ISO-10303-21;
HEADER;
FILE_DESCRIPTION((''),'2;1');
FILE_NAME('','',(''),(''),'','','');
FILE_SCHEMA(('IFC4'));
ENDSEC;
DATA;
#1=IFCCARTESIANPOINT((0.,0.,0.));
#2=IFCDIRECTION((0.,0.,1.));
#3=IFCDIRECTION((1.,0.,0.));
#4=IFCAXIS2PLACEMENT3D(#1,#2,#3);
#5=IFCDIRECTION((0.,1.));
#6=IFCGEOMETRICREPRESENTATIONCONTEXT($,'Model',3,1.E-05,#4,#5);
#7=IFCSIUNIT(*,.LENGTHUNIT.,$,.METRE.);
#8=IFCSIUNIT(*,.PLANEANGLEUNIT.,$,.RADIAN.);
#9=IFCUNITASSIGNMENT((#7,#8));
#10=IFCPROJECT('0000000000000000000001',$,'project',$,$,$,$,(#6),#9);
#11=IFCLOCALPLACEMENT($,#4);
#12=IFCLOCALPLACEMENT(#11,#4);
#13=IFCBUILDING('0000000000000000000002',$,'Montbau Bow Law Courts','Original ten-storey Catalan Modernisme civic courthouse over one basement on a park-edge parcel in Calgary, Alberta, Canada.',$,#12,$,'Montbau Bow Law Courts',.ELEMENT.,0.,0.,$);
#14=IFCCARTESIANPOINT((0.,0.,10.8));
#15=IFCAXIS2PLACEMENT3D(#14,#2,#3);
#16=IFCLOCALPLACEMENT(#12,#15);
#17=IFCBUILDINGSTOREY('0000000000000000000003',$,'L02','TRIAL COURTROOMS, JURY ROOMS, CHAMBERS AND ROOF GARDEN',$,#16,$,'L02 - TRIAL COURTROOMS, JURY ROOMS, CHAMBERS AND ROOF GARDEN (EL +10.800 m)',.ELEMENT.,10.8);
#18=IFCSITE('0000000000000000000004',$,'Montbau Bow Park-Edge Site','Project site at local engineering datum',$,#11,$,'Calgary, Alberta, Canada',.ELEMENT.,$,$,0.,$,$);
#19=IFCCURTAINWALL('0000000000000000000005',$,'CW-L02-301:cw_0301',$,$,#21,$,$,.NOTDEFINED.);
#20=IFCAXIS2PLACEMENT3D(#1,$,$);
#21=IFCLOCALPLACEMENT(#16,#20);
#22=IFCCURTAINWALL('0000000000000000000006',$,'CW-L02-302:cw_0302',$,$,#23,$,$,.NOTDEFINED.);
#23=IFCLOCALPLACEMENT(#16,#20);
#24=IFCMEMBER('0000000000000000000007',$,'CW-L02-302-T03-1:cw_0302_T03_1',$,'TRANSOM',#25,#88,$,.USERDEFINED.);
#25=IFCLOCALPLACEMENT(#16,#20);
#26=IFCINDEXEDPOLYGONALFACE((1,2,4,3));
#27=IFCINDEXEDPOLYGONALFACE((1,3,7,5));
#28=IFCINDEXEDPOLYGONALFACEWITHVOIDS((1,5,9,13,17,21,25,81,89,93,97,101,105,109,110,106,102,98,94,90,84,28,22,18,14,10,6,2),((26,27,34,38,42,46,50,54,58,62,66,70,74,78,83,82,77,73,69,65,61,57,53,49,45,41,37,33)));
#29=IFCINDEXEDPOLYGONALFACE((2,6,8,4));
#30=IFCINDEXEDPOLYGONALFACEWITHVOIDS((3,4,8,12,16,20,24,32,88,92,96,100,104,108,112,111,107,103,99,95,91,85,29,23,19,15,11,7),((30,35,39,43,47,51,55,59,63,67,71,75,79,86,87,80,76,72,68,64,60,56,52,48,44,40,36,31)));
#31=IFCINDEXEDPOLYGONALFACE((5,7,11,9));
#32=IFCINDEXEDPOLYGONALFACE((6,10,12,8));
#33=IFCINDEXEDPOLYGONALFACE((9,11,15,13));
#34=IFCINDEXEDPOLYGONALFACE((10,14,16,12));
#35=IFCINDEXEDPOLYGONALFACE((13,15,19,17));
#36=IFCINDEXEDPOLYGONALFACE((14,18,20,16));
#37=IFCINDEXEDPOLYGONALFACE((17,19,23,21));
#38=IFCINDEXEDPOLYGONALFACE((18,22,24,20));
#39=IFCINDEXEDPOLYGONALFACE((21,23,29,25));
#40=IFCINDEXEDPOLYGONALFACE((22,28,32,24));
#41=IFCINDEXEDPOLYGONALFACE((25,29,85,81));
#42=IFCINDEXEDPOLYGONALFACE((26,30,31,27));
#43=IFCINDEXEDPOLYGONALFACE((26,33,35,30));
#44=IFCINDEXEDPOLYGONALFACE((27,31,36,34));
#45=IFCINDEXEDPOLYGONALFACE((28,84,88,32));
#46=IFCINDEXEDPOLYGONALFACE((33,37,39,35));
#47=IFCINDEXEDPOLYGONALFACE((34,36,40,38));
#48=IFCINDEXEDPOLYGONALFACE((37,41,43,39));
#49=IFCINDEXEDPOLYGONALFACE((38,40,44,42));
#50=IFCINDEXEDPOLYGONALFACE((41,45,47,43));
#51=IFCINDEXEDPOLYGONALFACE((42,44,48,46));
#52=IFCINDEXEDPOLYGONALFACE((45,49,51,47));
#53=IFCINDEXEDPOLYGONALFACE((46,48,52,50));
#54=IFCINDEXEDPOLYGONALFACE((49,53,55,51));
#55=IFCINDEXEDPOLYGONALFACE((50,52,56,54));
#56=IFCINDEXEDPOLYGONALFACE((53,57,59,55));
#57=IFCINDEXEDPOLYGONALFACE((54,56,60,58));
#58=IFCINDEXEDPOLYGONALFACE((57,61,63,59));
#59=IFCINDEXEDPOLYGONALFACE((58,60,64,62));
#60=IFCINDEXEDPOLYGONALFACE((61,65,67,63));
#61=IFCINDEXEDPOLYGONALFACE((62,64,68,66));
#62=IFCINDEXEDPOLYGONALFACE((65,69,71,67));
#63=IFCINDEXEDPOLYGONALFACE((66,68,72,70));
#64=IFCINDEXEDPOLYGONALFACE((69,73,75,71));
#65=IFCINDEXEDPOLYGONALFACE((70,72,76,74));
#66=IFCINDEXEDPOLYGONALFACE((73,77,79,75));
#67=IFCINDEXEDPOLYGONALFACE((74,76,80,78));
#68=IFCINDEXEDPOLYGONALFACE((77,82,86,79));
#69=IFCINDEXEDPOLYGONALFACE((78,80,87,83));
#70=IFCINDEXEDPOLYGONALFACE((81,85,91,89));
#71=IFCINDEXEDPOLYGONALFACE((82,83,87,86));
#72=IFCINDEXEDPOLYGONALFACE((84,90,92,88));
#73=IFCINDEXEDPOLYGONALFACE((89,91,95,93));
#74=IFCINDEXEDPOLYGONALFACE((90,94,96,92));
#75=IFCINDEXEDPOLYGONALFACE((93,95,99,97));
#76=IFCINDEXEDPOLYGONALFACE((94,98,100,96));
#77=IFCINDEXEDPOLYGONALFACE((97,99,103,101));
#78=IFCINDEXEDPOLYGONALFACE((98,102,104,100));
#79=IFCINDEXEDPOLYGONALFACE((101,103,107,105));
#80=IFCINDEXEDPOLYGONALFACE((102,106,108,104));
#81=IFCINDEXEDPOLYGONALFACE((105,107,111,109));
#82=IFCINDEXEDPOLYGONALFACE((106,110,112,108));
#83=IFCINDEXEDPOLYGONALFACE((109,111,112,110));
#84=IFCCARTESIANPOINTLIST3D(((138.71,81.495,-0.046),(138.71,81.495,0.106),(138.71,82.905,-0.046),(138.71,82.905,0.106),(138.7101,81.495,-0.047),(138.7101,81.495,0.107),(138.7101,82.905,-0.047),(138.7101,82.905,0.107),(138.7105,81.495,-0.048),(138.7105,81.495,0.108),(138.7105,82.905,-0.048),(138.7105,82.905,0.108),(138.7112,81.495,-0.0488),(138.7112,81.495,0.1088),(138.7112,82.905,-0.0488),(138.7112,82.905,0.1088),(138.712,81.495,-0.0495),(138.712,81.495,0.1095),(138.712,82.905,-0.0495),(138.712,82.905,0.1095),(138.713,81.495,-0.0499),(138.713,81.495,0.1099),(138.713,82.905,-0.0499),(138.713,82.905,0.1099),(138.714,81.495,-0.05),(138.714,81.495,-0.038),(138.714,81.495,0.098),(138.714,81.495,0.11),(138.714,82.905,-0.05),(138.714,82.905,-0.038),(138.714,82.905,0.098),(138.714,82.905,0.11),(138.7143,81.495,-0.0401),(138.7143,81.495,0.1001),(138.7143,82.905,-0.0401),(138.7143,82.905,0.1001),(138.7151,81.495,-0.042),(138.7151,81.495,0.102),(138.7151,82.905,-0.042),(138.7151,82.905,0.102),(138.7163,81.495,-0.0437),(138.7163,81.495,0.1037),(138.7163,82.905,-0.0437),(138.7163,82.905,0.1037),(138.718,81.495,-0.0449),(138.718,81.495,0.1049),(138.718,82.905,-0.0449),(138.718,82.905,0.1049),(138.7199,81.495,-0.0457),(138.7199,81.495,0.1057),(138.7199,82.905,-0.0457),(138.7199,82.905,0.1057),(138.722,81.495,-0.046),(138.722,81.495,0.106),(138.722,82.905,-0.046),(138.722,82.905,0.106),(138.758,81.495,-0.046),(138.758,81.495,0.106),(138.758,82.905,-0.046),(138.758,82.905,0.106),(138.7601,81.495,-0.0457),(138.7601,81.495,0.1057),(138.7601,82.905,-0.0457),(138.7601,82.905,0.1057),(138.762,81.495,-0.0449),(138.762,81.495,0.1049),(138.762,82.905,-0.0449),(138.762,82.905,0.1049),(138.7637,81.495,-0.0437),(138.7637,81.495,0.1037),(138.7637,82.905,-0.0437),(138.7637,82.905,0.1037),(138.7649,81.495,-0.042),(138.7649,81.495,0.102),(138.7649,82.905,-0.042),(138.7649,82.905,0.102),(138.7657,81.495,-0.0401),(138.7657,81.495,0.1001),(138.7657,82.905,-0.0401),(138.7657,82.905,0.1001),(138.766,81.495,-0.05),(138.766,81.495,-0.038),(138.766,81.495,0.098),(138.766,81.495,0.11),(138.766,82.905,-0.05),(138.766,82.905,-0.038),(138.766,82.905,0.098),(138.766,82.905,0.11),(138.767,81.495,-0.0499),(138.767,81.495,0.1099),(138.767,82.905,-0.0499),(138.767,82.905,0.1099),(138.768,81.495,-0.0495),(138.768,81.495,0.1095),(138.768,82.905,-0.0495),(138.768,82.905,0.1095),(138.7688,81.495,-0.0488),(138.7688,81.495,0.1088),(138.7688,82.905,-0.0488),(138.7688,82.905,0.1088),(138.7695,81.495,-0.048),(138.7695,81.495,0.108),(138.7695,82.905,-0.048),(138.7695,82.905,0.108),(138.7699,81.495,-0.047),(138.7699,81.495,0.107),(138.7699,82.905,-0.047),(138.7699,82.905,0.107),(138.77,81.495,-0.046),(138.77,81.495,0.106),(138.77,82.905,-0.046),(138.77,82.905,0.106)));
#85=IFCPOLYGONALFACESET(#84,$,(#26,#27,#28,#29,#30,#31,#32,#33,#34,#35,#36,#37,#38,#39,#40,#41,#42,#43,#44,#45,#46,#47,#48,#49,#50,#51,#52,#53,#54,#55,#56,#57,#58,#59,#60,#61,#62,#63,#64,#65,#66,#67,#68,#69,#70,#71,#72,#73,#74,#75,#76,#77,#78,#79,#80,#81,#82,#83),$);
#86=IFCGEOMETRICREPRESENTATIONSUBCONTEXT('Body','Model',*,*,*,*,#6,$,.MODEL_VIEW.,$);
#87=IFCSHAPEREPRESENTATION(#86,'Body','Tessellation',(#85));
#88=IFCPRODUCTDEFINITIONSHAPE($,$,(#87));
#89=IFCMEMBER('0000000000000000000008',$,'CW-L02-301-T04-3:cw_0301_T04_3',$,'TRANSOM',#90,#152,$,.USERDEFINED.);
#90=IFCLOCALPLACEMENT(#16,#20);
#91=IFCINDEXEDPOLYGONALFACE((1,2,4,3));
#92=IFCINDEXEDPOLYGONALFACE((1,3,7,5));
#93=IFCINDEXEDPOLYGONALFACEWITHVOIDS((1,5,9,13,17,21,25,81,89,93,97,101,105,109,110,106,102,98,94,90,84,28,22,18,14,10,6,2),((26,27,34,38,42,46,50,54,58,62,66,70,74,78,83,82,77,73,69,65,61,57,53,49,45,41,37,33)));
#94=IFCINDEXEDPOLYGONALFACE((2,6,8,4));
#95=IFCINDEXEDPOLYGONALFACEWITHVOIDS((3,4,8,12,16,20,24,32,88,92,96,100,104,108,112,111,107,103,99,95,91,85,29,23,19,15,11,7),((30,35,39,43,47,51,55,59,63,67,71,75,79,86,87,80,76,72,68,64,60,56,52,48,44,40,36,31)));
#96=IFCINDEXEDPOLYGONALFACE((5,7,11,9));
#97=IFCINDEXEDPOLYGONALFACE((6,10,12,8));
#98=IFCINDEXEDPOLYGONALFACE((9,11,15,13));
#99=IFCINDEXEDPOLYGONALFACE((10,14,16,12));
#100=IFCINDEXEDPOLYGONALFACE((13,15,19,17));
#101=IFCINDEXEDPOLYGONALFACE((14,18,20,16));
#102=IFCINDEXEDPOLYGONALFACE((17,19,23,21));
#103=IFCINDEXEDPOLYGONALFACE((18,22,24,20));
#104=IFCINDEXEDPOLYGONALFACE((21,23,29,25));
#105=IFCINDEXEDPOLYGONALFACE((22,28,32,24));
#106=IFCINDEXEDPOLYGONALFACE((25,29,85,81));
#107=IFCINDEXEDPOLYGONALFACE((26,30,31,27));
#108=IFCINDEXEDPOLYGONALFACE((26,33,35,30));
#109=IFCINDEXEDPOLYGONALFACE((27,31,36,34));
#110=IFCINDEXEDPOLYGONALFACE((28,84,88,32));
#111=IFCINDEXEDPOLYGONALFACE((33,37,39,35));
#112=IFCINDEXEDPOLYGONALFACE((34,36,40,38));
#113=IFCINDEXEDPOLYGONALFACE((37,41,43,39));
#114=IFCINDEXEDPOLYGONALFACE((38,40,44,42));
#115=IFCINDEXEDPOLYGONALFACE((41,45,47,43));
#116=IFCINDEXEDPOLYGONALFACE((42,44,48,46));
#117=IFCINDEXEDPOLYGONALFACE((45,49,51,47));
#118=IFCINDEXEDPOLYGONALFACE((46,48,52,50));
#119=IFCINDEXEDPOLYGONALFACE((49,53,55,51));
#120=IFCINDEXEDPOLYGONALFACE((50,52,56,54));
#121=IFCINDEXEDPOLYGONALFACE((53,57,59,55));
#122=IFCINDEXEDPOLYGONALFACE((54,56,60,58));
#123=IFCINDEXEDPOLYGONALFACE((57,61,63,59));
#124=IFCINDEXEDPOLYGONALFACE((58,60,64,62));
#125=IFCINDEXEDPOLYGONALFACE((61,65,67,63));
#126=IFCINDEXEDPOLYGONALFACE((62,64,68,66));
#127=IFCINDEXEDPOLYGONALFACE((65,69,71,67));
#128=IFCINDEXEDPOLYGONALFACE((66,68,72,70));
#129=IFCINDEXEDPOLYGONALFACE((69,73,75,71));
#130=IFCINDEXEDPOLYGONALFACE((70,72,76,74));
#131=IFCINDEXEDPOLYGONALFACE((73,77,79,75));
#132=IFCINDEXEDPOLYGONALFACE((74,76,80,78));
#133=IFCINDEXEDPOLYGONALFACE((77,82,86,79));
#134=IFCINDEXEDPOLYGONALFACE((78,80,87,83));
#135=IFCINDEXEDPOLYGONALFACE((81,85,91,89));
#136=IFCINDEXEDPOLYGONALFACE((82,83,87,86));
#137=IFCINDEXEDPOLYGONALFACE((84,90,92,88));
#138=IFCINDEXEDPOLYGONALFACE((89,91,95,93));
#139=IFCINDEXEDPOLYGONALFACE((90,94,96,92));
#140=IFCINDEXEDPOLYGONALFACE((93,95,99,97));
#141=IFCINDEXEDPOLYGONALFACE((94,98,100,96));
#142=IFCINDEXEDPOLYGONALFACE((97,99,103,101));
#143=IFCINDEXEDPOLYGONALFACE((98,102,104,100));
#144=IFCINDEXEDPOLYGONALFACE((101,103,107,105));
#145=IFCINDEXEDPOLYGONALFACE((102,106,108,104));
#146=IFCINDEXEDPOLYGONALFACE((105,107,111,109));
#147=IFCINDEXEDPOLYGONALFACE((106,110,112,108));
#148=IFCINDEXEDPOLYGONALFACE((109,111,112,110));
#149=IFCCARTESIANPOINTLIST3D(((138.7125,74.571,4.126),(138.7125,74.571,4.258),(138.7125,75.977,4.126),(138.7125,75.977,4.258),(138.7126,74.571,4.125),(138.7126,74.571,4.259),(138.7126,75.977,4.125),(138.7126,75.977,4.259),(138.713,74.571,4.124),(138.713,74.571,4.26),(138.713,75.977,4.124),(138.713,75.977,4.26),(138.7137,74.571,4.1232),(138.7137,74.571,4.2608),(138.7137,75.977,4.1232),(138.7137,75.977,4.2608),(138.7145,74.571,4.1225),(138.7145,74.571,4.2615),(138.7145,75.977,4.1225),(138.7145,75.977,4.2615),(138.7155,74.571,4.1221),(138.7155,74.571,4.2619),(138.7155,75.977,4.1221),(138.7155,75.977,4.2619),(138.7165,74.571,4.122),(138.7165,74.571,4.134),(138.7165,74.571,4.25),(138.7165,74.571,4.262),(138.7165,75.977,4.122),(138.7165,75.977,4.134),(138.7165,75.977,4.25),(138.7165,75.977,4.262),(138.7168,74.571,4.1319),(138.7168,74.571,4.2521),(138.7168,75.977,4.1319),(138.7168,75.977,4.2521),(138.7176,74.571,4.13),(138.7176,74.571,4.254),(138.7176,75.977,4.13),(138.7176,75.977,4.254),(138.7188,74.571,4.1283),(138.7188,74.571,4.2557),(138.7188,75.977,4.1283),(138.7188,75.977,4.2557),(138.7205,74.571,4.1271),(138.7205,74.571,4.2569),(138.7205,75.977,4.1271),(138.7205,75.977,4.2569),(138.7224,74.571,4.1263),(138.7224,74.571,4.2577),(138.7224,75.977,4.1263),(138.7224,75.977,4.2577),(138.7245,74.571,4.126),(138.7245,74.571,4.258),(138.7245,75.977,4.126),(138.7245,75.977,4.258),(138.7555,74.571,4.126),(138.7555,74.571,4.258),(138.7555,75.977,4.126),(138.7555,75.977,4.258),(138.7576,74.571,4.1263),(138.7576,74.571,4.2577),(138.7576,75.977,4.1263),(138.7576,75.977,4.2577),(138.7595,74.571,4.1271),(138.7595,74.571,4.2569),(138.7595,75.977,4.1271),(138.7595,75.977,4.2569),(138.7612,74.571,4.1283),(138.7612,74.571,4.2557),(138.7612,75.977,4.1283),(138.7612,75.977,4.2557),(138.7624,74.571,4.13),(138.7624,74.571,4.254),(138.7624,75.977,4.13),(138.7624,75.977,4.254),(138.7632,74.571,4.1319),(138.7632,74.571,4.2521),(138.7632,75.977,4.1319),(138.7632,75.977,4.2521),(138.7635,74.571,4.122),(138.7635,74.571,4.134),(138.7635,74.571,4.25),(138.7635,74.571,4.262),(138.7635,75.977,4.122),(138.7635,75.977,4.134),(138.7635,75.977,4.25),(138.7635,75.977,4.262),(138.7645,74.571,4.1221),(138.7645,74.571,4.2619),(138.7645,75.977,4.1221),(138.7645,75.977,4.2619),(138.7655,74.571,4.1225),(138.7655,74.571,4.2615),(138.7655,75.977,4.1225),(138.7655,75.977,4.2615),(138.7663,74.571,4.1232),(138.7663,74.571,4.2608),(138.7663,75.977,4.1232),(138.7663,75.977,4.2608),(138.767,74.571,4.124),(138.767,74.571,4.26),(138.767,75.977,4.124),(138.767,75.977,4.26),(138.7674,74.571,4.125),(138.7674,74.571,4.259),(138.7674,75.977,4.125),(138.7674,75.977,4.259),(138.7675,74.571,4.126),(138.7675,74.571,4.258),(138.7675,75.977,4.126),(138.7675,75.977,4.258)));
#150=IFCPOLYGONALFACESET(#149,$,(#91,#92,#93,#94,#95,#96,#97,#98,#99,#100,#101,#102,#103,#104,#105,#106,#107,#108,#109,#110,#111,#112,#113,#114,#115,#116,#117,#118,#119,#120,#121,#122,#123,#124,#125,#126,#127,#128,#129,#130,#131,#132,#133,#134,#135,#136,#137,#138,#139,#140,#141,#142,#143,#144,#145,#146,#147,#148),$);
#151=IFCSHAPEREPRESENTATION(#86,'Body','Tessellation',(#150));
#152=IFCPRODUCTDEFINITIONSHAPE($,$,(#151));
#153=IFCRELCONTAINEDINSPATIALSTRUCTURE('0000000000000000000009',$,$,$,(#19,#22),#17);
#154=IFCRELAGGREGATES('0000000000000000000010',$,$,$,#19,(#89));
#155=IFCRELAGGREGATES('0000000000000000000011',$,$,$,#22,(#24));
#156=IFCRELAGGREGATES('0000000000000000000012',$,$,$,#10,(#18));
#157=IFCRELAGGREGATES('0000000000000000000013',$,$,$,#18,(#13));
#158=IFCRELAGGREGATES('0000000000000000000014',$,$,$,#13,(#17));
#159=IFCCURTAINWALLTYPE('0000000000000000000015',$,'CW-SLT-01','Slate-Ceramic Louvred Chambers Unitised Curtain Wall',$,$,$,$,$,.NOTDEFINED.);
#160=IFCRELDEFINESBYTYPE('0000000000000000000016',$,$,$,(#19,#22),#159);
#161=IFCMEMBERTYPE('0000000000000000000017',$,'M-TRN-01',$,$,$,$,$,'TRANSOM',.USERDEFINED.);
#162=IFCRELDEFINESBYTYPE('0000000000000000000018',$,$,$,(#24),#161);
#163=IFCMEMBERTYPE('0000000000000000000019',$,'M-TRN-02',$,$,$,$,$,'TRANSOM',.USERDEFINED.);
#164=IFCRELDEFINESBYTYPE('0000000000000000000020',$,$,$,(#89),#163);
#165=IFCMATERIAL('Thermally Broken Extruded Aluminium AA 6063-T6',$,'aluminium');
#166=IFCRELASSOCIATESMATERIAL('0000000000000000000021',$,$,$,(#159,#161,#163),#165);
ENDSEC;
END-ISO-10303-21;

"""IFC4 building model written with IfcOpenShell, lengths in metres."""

from ifc_helpers import new_model, si_unit, direction, frame, origin_with_axes, origin_2d_with_axis, place, context, subcontext, project, spatial, hollow_rectangle, extrude, material, material_profile, profile_set, type_object, element, aggregate, save


model = new_model("IFC4")

# Units and contexts
model_context = context("Model", 3, precision=1e-05, world=origin_with_axes(), true_north=direction((0.0, 1.0)))
body_context = subcontext(model_context, "Body", "Model", "MODEL_VIEW")
ifc_project = project(units=[si_unit("LENGTHUNIT", "METRE"), si_unit("PLANEANGLEUNIT", "RADIAN")], contexts=[model_context])

# Site, building, storey
site_placement = place(None, origin_with_axes())
site = spatial("IfcSite", under=ifc_project, at=site_placement, Name="Montbau Bow Park-Edge Site", Description="Project site at local engineering datum", LongName="Calgary, Alberta, Canada", CompositionType="ELEMENT", RefElevation=0.0)
building_placement = place(site_placement, origin_with_axes())
building = spatial("IfcBuilding", under=site, at=building_placement, Name="Montbau Bow Law Courts", Description="Original ten-storey Catalan Modernisme civic courthouse over one basement on a park-edge parcel in Calgary, Alberta, Canada.", LongName="Montbau Bow Law Courts", CompositionType="ELEMENT", ElevationOfRefHeight=0.0, ElevationOfTerrain=0.0)
storey_placement = place(building_placement, frame((0.0, 0.0, 10.8), z_axis=(0.0, 0.0, 1.0), x_axis=(1.0, 0.0, 0.0)))
storey = spatial("IfcBuildingStorey", under=building, at=storey_placement, Name="L02", Description="TRIAL COURTROOMS, JURY ROOMS, CHAMBERS AND ROOF GARDEN", LongName="L02 - TRIAL COURTROOMS, JURY ROOMS, CHAMBERS AND ROOF GARDEN (EL +10.800 m)", CompositionType="ELEMENT", Elevation=10.8)

# Curtain walls, member
ifc_material_1 = material(Name="Thermally Broken Extruded Aluminium AA 6063-T6", Category="aluminium")
curtain_wall_type = type_object("IfcCurtainWallType", Name="CW-SLT-01", Description="Slate-Ceramic Louvred Chambers Unitised Curtain Wall", PredefinedType="NOTDEFINED", material=ifc_material_1)
curtain_wall_1_placement = place(None, frame((138.74, 70.115, 10.8), z_axis=(0.0, 0.0, 1.0), x_axis=(1.0, 0.0, 0.0)))
curtain_wall_1 = element("IfcCurtainWall", 1, at=curtain_wall_1_placement, inside=storey, type_object=curtain_wall_type, Name="CW-L02-301:cw_0301", PredefinedType="NOTDEFINED")
curtain_wall_2_placement = place(None, frame((138.74, 78.515, 10.8), z_axis=(0.0, 0.0, 1.0), x_axis=(1.0, 0.0, 0.0)))
curtain_wall_2 = element("IfcCurtainWall", 2, at=curtain_wall_2_placement, inside=storey, type_object=curtain_wall_type, Name="CW-L02-302:cw_0302", PredefinedType="NOTDEFINED")
ifc_material_profile_1 = material_profile(ifc_material_1, hollow_rectangle(XDim=0.06, YDim=0.16, WallThickness=0.004, InnerFilletRadius=0.008, OuterFilletRadius=0.004, at=origin_2d_with_axis()), Name="CWT-160X60", Category="Main", Priority=0)
ifc_profile_set_1 = profile_set([ifc_material_profile_1], Name="Thermally Broken Extruded Aluminium AA 6063-T6")
member_type_1 = type_object("IfcMemberType", Name="M-TRN-01", ElementType="TRANSOM", PredefinedType="USERDEFINED", material=ifc_profile_set_1)
member_1_placement = place(None, frame((138.74, 81.495, 10.83), z_axis=(0.0, 1.0, 0.0), x_axis=(-1.0, 0.0, 0.0)))
member_1 = element("IfcMember", 3, at=member_1_placement, type_object=member_type_1, Name="CW-L02-302-T03-1:cw_0302_T03_1", ObjectType="TRANSOM", PredefinedType="USERDEFINED", context=body_context, shape_type="SweptSolid", body=[
    extrude(hollow_rectangle(XDim=0.06, YDim=0.16, WallThickness=0.004, InnerFilletRadius=0.008, OuterFilletRadius=0.004, at=origin_2d_with_axis()), origin_with_axes(), (0.0, 0.0, 1.0), 1.41),
])

# Member
ifc_material_profile_2 = material_profile(ifc_material_1, hollow_rectangle(XDim=0.055, YDim=0.14, WallThickness=0.004, InnerFilletRadius=0.008, OuterFilletRadius=0.004, at=origin_2d_with_axis()), Name="CWT-140X55", Category="Main", Priority=0)
ifc_profile_set_2 = profile_set([ifc_material_profile_2], Name="Thermally Broken Extruded Aluminium AA 6063-T6")
member_type_2 = type_object("IfcMemberType", Name="M-TRN-02", ElementType="TRANSOM", PredefinedType="USERDEFINED", material=ifc_profile_set_2)
member_2_placement = place(None, frame((138.74, 74.571, 14.992), z_axis=(0.0, 1.0, 0.0), x_axis=(-1.0, 0.0, 0.0)))
member_2 = element("IfcMember", 4, at=member_2_placement, type_object=member_type_2, Name="CW-L02-301-T04-3:cw_0301_T04_3", ObjectType="TRANSOM", PredefinedType="USERDEFINED", context=body_context, shape_type="SweptSolid", body=[
    extrude(hollow_rectangle(XDim=0.055, YDim=0.14, WallThickness=0.004, InnerFilletRadius=0.008, OuterFilletRadius=0.004, at=origin_2d_with_axis()), origin_with_axes(), (0.0, 0.0, 1.0), 1.406),
])

aggregate(curtain_wall_1, [member_2])
aggregate(curtain_wall_2, [member_1])

save(model, "model.ifc")
